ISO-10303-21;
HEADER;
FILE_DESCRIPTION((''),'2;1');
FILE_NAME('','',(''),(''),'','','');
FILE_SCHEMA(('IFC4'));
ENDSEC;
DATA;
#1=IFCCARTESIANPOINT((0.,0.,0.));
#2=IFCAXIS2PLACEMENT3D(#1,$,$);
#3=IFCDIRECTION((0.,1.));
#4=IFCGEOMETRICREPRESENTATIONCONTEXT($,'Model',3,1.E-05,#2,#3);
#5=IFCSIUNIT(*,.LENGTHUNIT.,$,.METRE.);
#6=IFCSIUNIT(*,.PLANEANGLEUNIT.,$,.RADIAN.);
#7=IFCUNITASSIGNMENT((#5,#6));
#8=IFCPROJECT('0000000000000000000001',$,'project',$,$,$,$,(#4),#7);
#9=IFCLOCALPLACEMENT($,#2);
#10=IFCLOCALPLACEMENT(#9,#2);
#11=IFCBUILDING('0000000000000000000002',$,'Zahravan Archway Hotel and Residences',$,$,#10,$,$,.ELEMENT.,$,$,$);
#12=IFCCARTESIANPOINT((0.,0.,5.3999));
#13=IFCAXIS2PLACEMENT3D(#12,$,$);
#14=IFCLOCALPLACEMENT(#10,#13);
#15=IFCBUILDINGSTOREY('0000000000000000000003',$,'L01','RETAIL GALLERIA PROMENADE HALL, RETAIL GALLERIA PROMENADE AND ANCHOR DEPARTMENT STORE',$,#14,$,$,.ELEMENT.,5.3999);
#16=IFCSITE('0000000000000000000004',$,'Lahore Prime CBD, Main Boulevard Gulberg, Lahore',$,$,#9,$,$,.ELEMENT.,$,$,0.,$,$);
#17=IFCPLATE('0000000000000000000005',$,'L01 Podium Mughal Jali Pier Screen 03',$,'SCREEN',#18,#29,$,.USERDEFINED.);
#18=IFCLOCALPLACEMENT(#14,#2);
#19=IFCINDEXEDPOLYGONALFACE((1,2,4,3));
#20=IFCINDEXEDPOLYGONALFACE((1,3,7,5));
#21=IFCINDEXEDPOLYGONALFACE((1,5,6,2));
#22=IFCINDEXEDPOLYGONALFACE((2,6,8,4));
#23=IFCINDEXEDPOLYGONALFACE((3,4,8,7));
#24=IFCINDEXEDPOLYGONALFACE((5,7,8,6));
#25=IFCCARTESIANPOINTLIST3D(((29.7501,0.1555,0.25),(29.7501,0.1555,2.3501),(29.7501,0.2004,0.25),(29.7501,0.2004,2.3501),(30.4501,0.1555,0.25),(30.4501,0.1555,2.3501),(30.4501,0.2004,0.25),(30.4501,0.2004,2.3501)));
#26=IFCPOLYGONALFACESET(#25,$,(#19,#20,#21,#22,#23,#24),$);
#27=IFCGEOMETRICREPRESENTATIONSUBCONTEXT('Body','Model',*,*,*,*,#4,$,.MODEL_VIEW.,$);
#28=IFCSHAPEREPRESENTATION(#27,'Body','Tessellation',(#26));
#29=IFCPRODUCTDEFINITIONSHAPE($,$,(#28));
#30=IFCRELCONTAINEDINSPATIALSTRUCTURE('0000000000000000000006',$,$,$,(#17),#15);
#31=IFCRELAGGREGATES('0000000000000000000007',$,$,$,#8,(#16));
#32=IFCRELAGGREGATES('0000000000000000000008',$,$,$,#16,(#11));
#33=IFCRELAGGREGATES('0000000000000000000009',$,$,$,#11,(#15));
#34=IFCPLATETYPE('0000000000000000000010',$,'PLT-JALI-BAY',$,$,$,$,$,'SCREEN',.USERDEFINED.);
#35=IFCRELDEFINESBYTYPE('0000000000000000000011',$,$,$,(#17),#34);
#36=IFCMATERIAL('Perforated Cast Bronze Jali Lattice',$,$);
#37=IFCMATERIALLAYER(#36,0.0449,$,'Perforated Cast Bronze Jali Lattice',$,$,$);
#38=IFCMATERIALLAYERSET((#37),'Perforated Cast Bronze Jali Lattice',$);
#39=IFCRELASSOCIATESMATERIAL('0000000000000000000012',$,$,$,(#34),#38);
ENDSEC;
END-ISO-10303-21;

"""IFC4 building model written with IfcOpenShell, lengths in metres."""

from ifc_helpers import new_model, si_unit, direction, frame, origin, origin_2d, place, context, subcontext, project, spatial, rectangle, extrude, source, transform, mapped, material, layer, layer_set, type_object, type_shapes, element, save


model = new_model("IFC4")

# Units and contexts
model_context = context("Model", 3, precision=1e-05, world=origin(), true_north=direction((0.0, 1.0)))
body_context = subcontext(model_context, "Body", "Model", "MODEL_VIEW")
ifc_project = project(units=[si_unit("LENGTHUNIT", "METRE"), si_unit("PLANEANGLEUNIT", "RADIAN")], contexts=[model_context])

# Site, building, storey
site_placement = place(None, origin())
site = spatial("IfcSite", under=ifc_project, at=site_placement, Name="Lahore Prime CBD, Main Boulevard Gulberg, Lahore", CompositionType="ELEMENT", RefElevation=0.0)
building_placement = place(site_placement, origin())
building = spatial("IfcBuilding", under=site, at=building_placement, Name="Zahravan Archway Hotel and Residences", CompositionType="ELEMENT")
storey_placement = place(building_placement, frame((0.0, 0.0, 5.3999)))
storey = spatial("IfcBuildingStorey", under=building, at=storey_placement, Name="L01", Description="RETAIL GALLERIA PROMENADE HALL, RETAIL GALLERIA PROMENADE AND ANCHOR DEPARTMENT STORE", CompositionType="ELEMENT", Elevation=5.3999)

# Plate
ifc_material_1 = material(Name="Perforated Cast Bronze Jali Lattice")
ifc_layer = layer(ifc_material_1, 0.0449, Name="Perforated Cast Bronze Jali Lattice")
ifc_layer_set = layer_set([ifc_layer], Name="Perforated Cast Bronze Jali Lattice")
plate_type = type_object("IfcPlateType", Name="PLT-JALI-BAY", ElementType="SCREEN", PredefinedType="USERDEFINED", material=ifc_layer_set)
shared_shape_1 = source(origin(), body_context, "Body", "SweptSolid", [
    extrude(rectangle(XDim=0.7, YDim=0.0449, at=origin_2d()), origin(), (0.0, 0.0, 1.0), 2.1001),
])
type_shapes(plate_type, [shared_shape_1])
plate_placement = place(storey_placement, frame((30.1001, 0.178, 0.25), z_axis=(0.0, 0.0, 1.0), x_axis=(1.0, 0.0, 0.0)))
element("IfcPlate", 1, at=plate_placement, inside=storey, type_object=plate_type, Name="L01 Podium Mughal Jali Pier Screen 03", ObjectType="SCREEN", PredefinedType="USERDEFINED", context=body_context, shape_type="MappedRepresentation", body=[
    mapped(shared_shape_1, transform((0.0, 0.0, 0.0), scale=1.0)),
])

save(model, "model.ifc")
